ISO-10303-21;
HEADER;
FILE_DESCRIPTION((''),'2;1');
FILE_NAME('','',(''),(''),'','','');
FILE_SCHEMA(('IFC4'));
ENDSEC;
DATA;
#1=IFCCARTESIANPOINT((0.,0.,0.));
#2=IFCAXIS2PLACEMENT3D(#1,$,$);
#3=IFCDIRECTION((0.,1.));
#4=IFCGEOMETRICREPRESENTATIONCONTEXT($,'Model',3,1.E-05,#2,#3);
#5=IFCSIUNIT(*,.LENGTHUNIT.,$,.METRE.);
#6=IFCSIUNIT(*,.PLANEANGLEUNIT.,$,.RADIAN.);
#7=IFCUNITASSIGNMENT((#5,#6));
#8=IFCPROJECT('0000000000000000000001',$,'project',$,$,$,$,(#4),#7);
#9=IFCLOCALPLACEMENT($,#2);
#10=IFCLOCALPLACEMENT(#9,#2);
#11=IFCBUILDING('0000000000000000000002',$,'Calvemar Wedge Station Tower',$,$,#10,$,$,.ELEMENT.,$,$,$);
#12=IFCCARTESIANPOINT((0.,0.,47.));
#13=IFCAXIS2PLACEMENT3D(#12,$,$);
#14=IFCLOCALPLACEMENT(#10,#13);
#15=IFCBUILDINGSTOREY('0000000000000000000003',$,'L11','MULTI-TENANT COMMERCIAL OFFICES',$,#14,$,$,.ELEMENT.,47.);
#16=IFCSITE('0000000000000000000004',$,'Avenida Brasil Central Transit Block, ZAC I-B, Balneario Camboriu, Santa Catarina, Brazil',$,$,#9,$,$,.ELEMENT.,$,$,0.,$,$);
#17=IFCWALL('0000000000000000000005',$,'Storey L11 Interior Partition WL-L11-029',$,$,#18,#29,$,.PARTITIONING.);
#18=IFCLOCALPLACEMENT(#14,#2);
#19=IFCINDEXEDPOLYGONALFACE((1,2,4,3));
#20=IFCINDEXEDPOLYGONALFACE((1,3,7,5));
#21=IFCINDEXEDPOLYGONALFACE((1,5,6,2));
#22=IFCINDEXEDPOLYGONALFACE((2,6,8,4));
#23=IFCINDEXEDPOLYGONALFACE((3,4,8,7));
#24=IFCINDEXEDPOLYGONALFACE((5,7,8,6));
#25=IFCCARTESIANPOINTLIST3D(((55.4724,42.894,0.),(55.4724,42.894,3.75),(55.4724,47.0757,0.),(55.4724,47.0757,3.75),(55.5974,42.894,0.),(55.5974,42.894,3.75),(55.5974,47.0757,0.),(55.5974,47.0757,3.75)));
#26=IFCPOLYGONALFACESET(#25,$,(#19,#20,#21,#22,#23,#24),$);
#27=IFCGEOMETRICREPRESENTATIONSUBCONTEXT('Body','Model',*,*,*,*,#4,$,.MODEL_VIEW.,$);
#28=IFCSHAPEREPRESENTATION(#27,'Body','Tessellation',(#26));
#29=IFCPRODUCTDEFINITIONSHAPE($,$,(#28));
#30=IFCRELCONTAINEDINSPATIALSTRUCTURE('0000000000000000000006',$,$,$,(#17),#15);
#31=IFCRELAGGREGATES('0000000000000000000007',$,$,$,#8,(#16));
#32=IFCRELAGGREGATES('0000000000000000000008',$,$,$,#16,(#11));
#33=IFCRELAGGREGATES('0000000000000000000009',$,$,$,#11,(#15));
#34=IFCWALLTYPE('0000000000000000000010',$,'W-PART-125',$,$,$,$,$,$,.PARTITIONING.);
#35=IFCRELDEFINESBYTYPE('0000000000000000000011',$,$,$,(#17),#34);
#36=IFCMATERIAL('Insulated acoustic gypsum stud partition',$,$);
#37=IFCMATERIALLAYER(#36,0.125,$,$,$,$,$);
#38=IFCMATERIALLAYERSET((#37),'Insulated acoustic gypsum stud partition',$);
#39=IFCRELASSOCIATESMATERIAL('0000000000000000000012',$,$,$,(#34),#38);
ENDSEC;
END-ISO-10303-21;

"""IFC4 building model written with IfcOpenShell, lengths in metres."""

from ifc_helpers import new_model, si_unit, direction, frame, frame_2d, origin, place, context, subcontext, project, spatial, rectangle, extrude, material, layer, layer_set, type_object, element, save


model = new_model("IFC4")

# Units and contexts
model_context = context("Model", 3, precision=1e-05, world=origin(), true_north=direction((0.0, 1.0)))
body_context = subcontext(model_context, "Body", "Model", "MODEL_VIEW")
ifc_project = project(units=[si_unit("LENGTHUNIT", "METRE"), si_unit("PLANEANGLEUNIT", "RADIAN")], contexts=[model_context])

# Site, building, storey
site_placement = place(None, origin())
site = spatial("IfcSite", under=ifc_project, at=site_placement, Name="Avenida Brasil Central Transit Block, ZAC I-B, Balneario Camboriu, Santa Catarina, Brazil", CompositionType="ELEMENT", RefElevation=0.0)
building_placement = place(site_placement, origin())
building = spatial("IfcBuilding", under=site, at=building_placement, Name="Calvemar Wedge Station Tower", CompositionType="ELEMENT")
storey_placement = place(building_placement, frame((0.0, 0.0, 47.0)))
storey = spatial("IfcBuildingStorey", under=building, at=storey_placement, Name="L11", Description="MULTI-TENANT COMMERCIAL OFFICES", CompositionType="ELEMENT", Elevation=47.0)

# Wall
ifc_material_1 = material(Name="Insulated acoustic gypsum stud partition")
ifc_layer_1 = layer(ifc_material_1, 0.125)
ifc_layer_set_1 = layer_set([ifc_layer_1], Name="Insulated acoustic gypsum stud partition")
wall_type_1 = type_object("IfcWallType", Name="W-PART-125", PredefinedType="PARTITIONING", material=ifc_layer_set_1)
wall_1_placement = place(storey_placement, frame((55.5349, 47.0757, 0.0), z_axis=(0.0, 0.0, 1.0), x_axis=(0.0, -1.0, 0.0)))
element("IfcWall", 1, at=wall_1_placement, inside=storey, type_object=wall_type_1, Name="Storey L11 Interior Partition WL-L11-029", PredefinedType="PARTITIONING", context=body_context, shape_type="SweptSolid", body=[
    extrude(rectangle(XDim=4.1816, YDim=0.125, at=frame_2d((2.0908, 0.0))), origin(), (0.0, 0.0, 1.0), 3.75),
])

save(model, "model.ifc")
